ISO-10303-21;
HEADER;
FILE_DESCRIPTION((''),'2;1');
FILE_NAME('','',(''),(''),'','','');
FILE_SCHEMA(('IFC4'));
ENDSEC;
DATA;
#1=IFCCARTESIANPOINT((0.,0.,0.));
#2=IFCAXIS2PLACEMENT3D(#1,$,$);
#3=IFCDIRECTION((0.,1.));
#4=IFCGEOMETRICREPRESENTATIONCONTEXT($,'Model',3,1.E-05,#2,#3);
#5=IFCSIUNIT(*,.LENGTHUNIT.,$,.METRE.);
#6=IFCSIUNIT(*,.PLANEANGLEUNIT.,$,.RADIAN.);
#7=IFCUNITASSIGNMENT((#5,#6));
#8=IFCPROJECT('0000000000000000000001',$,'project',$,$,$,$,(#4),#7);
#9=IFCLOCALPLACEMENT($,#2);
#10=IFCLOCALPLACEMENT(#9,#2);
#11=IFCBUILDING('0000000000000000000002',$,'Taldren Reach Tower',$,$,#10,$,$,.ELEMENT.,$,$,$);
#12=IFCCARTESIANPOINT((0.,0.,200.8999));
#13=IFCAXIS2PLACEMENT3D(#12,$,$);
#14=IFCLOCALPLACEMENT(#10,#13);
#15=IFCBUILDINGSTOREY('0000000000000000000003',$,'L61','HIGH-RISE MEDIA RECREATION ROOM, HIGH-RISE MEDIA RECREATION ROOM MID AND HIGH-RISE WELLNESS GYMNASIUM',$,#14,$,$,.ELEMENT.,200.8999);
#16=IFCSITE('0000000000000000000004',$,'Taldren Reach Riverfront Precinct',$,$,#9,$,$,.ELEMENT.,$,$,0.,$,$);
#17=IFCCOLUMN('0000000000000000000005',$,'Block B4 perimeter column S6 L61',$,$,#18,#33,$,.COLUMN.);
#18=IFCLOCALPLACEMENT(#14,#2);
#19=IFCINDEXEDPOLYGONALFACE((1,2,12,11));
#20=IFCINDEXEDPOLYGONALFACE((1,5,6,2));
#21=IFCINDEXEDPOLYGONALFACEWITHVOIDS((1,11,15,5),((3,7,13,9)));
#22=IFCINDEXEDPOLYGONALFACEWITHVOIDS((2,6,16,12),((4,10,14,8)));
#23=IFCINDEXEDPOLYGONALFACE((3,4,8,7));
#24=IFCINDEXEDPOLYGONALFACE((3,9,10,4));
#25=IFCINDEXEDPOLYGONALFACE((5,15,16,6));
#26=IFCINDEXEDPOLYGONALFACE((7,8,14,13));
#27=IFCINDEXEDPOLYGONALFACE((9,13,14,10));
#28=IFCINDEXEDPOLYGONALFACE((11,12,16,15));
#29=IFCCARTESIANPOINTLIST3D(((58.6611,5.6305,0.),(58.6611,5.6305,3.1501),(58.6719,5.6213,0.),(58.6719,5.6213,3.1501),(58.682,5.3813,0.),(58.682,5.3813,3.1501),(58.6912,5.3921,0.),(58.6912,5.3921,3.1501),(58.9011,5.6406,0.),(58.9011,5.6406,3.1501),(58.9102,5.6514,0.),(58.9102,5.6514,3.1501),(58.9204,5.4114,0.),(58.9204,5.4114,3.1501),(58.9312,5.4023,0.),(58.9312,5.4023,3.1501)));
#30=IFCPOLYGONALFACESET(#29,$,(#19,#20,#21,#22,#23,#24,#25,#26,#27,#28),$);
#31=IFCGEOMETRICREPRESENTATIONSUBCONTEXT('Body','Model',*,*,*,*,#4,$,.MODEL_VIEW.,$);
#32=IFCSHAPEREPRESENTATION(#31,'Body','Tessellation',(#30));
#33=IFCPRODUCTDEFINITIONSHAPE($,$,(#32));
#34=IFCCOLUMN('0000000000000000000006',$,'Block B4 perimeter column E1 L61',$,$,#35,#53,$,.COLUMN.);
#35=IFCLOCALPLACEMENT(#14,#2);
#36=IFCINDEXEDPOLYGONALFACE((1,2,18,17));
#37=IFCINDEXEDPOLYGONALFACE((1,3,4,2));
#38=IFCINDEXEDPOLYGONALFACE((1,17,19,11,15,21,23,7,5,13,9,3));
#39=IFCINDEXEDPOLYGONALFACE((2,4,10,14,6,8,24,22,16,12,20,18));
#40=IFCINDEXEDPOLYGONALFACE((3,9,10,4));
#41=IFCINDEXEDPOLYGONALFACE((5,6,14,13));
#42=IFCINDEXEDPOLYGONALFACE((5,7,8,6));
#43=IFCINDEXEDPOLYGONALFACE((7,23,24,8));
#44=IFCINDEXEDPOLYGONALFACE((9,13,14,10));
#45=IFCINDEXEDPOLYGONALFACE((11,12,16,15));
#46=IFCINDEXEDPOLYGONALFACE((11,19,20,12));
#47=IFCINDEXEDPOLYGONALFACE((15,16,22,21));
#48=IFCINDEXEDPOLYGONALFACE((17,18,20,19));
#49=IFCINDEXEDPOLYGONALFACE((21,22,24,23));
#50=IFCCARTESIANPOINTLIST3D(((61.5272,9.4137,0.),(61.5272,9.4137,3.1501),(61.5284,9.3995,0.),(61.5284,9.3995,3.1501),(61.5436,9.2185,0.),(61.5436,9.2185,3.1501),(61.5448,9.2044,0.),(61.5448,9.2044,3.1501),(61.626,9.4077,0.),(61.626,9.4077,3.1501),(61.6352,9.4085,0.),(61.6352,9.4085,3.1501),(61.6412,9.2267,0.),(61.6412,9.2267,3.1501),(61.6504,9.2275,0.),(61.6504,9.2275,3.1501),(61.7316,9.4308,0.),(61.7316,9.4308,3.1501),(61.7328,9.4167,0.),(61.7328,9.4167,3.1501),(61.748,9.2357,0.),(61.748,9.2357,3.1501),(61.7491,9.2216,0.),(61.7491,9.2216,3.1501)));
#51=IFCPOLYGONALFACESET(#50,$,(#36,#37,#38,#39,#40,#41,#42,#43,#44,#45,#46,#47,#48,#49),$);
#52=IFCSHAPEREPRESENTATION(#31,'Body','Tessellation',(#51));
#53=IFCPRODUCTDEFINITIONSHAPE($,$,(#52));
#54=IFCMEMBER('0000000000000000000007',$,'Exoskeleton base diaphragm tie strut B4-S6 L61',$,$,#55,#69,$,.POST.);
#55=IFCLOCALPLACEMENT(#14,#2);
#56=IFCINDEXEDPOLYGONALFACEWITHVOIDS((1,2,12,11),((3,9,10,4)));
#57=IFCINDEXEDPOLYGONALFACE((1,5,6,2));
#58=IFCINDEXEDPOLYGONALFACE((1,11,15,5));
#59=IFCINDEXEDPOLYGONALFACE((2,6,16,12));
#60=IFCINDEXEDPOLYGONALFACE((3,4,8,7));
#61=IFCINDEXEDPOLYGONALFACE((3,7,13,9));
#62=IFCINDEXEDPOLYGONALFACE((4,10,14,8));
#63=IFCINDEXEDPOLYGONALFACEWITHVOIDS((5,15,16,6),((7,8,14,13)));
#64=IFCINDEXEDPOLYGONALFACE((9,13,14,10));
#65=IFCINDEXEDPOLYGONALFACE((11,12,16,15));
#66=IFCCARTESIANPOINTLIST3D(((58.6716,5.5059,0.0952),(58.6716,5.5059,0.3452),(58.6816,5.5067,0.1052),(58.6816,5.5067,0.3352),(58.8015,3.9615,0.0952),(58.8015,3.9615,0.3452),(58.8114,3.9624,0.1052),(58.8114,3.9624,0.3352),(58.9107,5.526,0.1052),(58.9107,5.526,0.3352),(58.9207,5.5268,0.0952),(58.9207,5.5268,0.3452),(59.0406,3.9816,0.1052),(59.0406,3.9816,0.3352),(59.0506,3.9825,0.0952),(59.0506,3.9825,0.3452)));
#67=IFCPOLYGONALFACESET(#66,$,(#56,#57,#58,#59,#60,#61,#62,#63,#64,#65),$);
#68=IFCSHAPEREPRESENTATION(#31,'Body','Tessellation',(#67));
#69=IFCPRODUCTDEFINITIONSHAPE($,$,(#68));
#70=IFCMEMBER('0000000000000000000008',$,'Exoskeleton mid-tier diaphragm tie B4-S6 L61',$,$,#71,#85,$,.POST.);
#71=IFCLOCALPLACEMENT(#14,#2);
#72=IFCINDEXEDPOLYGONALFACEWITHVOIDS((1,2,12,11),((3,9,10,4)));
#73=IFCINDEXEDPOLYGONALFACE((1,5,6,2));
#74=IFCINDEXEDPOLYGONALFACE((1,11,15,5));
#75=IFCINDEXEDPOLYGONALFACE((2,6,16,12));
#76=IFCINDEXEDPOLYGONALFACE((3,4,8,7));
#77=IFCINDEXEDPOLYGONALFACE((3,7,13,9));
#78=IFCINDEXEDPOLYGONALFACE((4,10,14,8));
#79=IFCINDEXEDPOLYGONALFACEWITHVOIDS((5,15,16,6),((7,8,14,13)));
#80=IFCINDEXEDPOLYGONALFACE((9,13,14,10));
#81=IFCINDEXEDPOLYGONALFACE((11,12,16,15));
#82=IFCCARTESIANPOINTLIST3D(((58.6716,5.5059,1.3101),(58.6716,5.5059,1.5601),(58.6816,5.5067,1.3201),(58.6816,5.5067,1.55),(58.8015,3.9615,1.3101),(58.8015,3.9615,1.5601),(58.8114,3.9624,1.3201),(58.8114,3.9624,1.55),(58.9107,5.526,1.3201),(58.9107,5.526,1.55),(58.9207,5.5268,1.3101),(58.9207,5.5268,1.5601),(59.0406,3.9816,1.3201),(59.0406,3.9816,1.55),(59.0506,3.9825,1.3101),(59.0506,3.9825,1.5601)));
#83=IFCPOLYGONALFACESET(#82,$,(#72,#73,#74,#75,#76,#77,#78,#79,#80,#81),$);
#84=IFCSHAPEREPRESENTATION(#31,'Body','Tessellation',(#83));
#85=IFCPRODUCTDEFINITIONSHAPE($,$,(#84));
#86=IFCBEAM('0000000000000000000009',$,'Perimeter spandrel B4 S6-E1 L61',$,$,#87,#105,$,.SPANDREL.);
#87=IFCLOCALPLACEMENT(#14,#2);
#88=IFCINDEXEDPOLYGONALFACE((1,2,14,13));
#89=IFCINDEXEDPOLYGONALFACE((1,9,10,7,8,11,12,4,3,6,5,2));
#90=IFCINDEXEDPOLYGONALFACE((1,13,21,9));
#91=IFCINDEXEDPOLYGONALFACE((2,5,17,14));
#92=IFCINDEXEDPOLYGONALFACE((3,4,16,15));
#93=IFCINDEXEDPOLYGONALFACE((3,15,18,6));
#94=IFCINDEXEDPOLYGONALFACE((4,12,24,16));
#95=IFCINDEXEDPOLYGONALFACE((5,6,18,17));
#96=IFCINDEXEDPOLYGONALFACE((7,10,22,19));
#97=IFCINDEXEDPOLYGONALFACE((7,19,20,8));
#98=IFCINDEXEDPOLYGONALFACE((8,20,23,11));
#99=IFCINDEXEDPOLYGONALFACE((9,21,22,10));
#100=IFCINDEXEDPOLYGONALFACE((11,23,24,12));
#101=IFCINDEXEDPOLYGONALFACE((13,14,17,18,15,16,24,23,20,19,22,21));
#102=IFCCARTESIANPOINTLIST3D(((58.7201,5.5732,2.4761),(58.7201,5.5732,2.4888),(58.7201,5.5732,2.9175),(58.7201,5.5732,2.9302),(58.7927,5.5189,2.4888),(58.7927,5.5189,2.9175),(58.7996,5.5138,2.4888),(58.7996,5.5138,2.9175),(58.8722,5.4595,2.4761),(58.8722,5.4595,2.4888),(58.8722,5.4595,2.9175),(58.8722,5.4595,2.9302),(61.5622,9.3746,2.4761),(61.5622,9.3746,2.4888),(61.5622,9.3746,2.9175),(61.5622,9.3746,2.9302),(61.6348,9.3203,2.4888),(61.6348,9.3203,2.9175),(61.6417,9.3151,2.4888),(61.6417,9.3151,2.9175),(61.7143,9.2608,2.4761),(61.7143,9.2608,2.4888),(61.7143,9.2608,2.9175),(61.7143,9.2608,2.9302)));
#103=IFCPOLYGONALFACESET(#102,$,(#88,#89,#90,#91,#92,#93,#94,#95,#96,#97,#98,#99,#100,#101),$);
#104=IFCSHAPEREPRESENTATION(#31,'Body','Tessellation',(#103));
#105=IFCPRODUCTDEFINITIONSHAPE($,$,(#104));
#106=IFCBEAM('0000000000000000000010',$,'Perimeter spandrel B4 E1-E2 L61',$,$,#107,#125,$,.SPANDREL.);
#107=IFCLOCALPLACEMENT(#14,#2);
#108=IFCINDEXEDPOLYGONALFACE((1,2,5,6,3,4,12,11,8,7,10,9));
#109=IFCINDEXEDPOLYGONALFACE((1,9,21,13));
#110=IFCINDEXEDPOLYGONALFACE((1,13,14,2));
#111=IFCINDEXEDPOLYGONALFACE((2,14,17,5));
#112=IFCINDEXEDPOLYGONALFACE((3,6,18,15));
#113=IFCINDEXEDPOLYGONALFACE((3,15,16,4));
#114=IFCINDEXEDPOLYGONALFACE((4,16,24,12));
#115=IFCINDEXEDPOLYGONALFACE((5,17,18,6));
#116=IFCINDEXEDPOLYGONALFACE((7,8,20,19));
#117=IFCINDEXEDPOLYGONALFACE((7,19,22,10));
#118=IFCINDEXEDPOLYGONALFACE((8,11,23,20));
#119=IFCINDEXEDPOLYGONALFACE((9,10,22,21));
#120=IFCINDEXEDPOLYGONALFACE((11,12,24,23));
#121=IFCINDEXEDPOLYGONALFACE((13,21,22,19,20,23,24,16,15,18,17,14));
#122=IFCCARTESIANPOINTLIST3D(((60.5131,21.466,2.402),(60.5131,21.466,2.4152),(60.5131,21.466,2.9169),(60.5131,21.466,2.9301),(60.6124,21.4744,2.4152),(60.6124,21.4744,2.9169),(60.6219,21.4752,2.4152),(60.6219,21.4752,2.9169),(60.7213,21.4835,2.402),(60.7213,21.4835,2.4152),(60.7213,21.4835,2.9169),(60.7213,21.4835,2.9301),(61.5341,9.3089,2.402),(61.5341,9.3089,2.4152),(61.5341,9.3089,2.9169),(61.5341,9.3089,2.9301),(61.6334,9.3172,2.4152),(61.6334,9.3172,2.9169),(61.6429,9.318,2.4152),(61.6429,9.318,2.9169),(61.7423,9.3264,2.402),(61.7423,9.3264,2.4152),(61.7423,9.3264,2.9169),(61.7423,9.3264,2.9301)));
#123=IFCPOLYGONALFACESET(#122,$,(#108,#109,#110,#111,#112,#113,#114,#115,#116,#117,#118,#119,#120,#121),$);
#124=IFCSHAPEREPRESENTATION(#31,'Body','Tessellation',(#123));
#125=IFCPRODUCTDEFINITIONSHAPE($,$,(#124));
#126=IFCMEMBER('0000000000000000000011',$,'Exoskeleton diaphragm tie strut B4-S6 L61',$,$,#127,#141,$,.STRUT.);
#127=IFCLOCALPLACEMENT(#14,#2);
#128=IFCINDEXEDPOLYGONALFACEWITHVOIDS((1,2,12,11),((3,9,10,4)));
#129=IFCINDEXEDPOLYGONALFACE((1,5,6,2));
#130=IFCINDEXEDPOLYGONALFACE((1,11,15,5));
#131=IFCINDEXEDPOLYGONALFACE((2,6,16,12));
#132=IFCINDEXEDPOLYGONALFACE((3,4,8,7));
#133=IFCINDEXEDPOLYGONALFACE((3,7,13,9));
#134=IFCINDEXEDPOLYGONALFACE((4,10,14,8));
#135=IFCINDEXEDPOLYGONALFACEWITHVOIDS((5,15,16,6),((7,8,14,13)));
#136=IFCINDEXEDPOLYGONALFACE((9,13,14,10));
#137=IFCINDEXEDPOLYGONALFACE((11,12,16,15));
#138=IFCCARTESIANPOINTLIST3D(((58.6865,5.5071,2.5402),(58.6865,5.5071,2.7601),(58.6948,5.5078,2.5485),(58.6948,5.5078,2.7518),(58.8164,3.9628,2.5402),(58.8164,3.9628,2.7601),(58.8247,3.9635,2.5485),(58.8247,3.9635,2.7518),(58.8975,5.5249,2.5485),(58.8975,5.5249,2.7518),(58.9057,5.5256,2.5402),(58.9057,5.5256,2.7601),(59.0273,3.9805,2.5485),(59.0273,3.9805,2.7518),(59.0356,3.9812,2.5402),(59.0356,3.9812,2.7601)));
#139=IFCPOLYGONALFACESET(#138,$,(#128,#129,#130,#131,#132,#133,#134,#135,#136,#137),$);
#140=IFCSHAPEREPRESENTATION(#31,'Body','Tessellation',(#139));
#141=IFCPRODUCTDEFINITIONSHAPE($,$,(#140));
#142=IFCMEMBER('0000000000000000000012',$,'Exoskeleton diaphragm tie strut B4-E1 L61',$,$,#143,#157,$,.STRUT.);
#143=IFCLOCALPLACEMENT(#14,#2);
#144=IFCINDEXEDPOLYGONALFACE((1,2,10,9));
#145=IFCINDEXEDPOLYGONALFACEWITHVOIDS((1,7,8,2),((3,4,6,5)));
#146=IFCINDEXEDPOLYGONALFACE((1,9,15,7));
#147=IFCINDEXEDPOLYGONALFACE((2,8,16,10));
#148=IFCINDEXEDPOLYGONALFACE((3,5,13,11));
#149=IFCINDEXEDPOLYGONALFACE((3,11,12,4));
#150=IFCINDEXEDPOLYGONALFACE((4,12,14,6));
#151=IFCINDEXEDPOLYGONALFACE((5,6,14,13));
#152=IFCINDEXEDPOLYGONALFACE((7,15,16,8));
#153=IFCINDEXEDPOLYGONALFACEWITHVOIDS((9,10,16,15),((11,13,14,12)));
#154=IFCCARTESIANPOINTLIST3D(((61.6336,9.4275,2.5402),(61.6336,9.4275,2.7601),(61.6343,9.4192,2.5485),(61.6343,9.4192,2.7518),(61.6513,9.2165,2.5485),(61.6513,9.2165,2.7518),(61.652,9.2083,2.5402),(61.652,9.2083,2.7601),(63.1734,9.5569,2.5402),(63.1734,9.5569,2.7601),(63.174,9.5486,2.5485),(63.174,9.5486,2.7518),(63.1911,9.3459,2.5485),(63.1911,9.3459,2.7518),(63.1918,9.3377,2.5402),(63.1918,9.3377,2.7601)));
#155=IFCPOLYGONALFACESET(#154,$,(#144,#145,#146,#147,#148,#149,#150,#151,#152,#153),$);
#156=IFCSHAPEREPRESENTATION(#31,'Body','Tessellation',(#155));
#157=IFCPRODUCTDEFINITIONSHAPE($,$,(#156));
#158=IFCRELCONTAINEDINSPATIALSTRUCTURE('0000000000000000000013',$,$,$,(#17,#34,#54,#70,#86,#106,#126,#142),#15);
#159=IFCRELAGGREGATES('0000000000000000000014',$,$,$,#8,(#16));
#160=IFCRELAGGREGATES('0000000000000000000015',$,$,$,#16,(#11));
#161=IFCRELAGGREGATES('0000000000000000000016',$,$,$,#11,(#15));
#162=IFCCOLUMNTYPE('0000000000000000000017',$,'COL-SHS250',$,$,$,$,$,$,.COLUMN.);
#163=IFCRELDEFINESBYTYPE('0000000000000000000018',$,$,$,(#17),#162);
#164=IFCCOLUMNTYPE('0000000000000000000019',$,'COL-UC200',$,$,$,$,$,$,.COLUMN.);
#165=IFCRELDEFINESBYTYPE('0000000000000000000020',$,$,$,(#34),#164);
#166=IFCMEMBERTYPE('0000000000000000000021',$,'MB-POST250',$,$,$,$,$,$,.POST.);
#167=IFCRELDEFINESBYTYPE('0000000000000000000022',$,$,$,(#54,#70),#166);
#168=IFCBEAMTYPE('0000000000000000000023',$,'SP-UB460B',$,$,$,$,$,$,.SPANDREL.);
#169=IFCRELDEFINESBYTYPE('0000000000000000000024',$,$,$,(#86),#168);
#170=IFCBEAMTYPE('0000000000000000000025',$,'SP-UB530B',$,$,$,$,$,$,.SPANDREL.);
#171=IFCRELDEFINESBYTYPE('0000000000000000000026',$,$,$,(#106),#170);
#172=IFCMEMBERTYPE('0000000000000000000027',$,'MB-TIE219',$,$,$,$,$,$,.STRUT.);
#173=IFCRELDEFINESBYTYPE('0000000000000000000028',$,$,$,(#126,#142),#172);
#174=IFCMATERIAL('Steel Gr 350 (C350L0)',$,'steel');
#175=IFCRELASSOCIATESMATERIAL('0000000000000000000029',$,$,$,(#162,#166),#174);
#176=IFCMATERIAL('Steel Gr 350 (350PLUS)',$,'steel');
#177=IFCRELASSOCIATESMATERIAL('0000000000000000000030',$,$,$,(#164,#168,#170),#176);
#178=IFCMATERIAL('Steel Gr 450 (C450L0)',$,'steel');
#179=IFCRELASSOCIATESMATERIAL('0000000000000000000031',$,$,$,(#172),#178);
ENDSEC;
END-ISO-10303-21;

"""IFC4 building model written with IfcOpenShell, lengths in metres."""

from ifc_helpers import new_model, si_unit, direction, frame, origin, origin_2d, place, context, subcontext, project, spatial, hollow_rectangle, i_section, extrude, source, transform, mapped, material, material_profile, profile_set, type_object, element, save


model = new_model("IFC4")

# Units and contexts
model_context = context("Model", 3, precision=1e-05, world=origin(), true_north=direction((0.0, 1.0)))
body_context = subcontext(model_context, "Body", "Model", "MODEL_VIEW")
ifc_project = project(units=[si_unit("LENGTHUNIT", "METRE"), si_unit("PLANEANGLEUNIT", "RADIAN")], contexts=[model_context])

# Site, building, storey
site_placement = place(None, origin())
site = spatial("IfcSite", under=ifc_project, at=site_placement, Name="Taldren Reach Riverfront Precinct", CompositionType="ELEMENT", RefElevation=0.0)
building_placement = place(site_placement, origin())
building = spatial("IfcBuilding", under=site, at=building_placement, Name="Taldren Reach Tower", CompositionType="ELEMENT")
storey_placement = place(building_placement, frame((0.0, 0.0, 200.8999)))
storey = spatial("IfcBuildingStorey", under=building, at=storey_placement, Name="L61", Description="HIGH-RISE MEDIA RECREATION ROOM, HIGH-RISE MEDIA RECREATION ROOM MID AND HIGH-RISE WELLNESS GYMNASIUM", CompositionType="ELEMENT", Elevation=200.8999)

# Columns
ifc_material_1 = material(Name="Steel Gr 350 (C350L0)", Category="steel")
ifc_material_profile_1 = material_profile(ifc_material_1, hollow_rectangle(XDim=0.25, YDim=0.25, WallThickness=0.01, at=origin_2d()), Name="250x250x10.0SHS")
ifc_profile_set_1 = profile_set([ifc_material_profile_1], Name="Steel Gr 350 (C350L0)")
column_type_1 = type_object("IfcColumnType", Name="COL-SHS250", PredefinedType="COLUMN", material=ifc_profile_set_1)
shared_shape_1 = source(origin(), body_context, "Body", "SweptSolid", [
    extrude(hollow_rectangle(XDim=0.25, YDim=0.25, WallThickness=0.01, at=origin_2d()), origin(), (0.0, 0.0, 1.0), 3.1501),
])
column_1_placement = place(storey_placement, frame((58.7961, 5.5164, 0.0), z_axis=(0.0, 0.0, 1.0), x_axis=(0.996493, 0.083678, 0.0)))
element("IfcColumn", 1, at=column_1_placement, inside=storey, type_object=column_type_1, Name="Block B4 perimeter column S6 L61", PredefinedType="COLUMN", context=body_context, shape_type="MappedRepresentation", body=[
    mapped(shared_shape_1, transform((0.0, 0.0, 0.0), scale=1.0)),
])
ifc_material_2 = material(Name="Steel Gr 350 (350PLUS)", Category="steel")
ifc_material_profile_2 = material_profile(ifc_material_2, i_section(OverallWidth=0.2051, OverallDepth=0.21, WebThickness=0.0093, FlangeThickness=0.0142, at=origin_2d()), Name="200UC59.5")
ifc_profile_set_2 = profile_set([ifc_material_profile_2], Name="Steel Gr 350 (350PLUS)")
column_type_2 = type_object("IfcColumnType", Name="COL-UC200", PredefinedType="COLUMN", material=ifc_profile_set_2)
shared_shape_2 = source(origin(), body_context, "Body", "SweptSolid", [
    extrude(i_section(OverallWidth=0.2051, OverallDepth=0.21, WebThickness=0.0093, FlangeThickness=0.0142, at=origin_2d()), origin(), (0.0, 0.0, 1.0), 3.1501),
])
column_2_placement = place(storey_placement, frame((61.6382, 9.3176, 0.0), z_axis=(0.0, 0.0, 1.0), x_axis=(0.996493, 0.083678, 0.0)))
element("IfcColumn", 2, at=column_2_placement, inside=storey, type_object=column_type_2, Name="Block B4 perimeter column E1 L61", PredefinedType="COLUMN", context=body_context, shape_type="MappedRepresentation", body=[
    mapped(shared_shape_2, transform((0.0, 0.0, 0.0), scale=1.0)),
])

# Members
ifc_material_profile_3 = material_profile(ifc_material_1, hollow_rectangle(XDim=0.25, YDim=0.25, WallThickness=0.01, at=origin_2d()), Name="250x250x10.0SHS")
ifc_profile_set_3 = profile_set([ifc_material_profile_3], Name="Steel Gr 350 (C350L0)")
member_type_1 = type_object("IfcMemberType", Name="MB-POST250", PredefinedType="POST", material=ifc_profile_set_3)
shared_shape_3 = source(origin(), body_context, "Body", "SweptSolid", [
    extrude(hollow_rectangle(XDim=0.25, YDim=0.25, WallThickness=0.01, at=origin_2d()), origin(), (0.0, 0.0, 1.0), 1.5498),
])
for number, where, z_axis, x_axis, name in (
    (3, (58.7961, 5.5164, 0.2202), (0.083802, -0.996482, 0.0), (0.996482, 0.083802, 0.0), "Exoskeleton base diaphragm tie strut B4-S6 L61"),
    (4, (58.7961, 5.5164, 1.4351), (0.083802, -0.996482, 0.0), (0.996482, 0.083802, 0.0), "Exoskeleton mid-tier diaphragm tie B4-S6 L61"),
):
    element("IfcMember", number, at=place(storey_placement, frame(where, z_axis=z_axis, x_axis=x_axis)), inside=storey, type_object=member_type_1, Name=name, PredefinedType="POST", context=body_context, shape_type="MappedRepresentation", body=[
        mapped(shared_shape_3, transform((0.0, 0.0, 0.0), scale=1.0)),
    ])

# Beams
ifc_material_profile_4 = material_profile(ifc_material_2, i_section(OverallWidth=0.1899, OverallDepth=0.4541, WebThickness=0.0085, FlangeThickness=0.0127, at=origin_2d()), Name="460UB67.1")
ifc_profile_set_4 = profile_set([ifc_material_profile_4], Name="Steel Gr 350 (350PLUS)")
beam_type_1 = type_object("IfcBeamType", Name="SP-UB460B", PredefinedType="SPANDREL", material=ifc_profile_set_4)
shared_shape_4 = source(origin(), body_context, "Body", "SweptSolid", [
    extrude(i_section(OverallWidth=0.1899, OverallDepth=0.4541, WebThickness=0.0085, FlangeThickness=0.0127, at=origin_2d()), origin(), (0.0, 0.0, 1.0), 4.7463),
])
beam_1_placement = place(storey_placement, frame((58.7961, 5.5164, 2.7031), z_axis=(0.598798, 0.8009, 0.0), x_axis=(-0.8009, 0.598798, 0.0)))
element("IfcBeam", 5, at=beam_1_placement, inside=storey, type_object=beam_type_1, Name="Perimeter spandrel B4 S6-E1 L61", PredefinedType="SPANDREL", context=body_context, shape_type="MappedRepresentation", body=[
    mapped(shared_shape_4, transform((0.0, 0.0, 0.0), scale=1.0)),
])
ifc_material_profile_5 = material_profile(ifc_material_2, i_section(OverallWidth=0.209, OverallDepth=0.5281, WebThickness=0.0095, FlangeThickness=0.0132, at=origin_2d()), Name="530UB82.0")
ifc_profile_set_5 = profile_set([ifc_material_profile_5], Name="Steel Gr 350 (350PLUS)")
beam_type_2 = type_object("IfcBeamType", Name="SP-UB530B", PredefinedType="SPANDREL", material=ifc_profile_set_5)
shared_shape_5 = source(origin(), body_context, "Body", "SweptSolid", [
    extrude(i_section(OverallWidth=0.209, OverallDepth=0.5281, WebThickness=0.0095, FlangeThickness=0.0132, at=origin_2d()), origin(), (0.0, 0.0, 1.0), 12.2),
])
beam_2_placement = place(storey_placement, frame((61.6382, 9.3176, 2.666), z_axis=(-0.083688, 0.996492, 0.0), x_axis=(-0.996492, -0.083688, 0.0)))
element("IfcBeam", 6, at=beam_2_placement, inside=storey, type_object=beam_type_2, Name="Perimeter spandrel B4 E1-E2 L61", PredefinedType="SPANDREL", context=body_context, shape_type="MappedRepresentation", body=[
    mapped(shared_shape_5, transform((0.0, 0.0, 0.0), scale=1.0)),
])

# Members
ifc_material_3 = material(Name="Steel Gr 450 (C450L0)", Category="steel")
ifc_material_profile_6 = material_profile(ifc_material_3, hollow_rectangle(XDim=0.22, YDim=0.22, WallThickness=0.0083, at=origin_2d()), Name="220x220x8.2SHS")
ifc_profile_set_6 = profile_set([ifc_material_profile_6], Name="Steel Gr 450 (C450L0)")
member_type_2 = type_object("IfcMemberType", Name="MB-TIE219", PredefinedType="STRUT", material=ifc_profile_set_6)
shared_shape_6 = source(origin(), body_context, "Body", "SweptSolid", [
    extrude(hollow_rectangle(XDim=0.22, YDim=0.22, WallThickness=0.0083, at=origin_2d()), origin(), (0.0, 0.0, 1.0), 1.5498),
])
member_1_placement = place(storey_placement, frame((58.7961, 5.5164, 2.6501), z_axis=(0.083802, -0.996482, 0.0), x_axis=(0.996482, 0.083802, 0.0)))
element("IfcMember", 7, at=member_1_placement, inside=storey, type_object=member_type_2, Name="Exoskeleton diaphragm tie strut B4-S6 L61", PredefinedType="STRUT", context=body_context, shape_type="MappedRepresentation", body=[
    mapped(shared_shape_6, transform((0.0, 0.0, 0.0), scale=1.0)),
])
shared_shape_7 = source(origin(), body_context, "Body", "SweptSolid", [
    extrude(hollow_rectangle(XDim=0.22, YDim=0.22, WallThickness=0.0083, at=origin_2d()), origin(), (0.0, 0.0, 1.0), 1.5452),
])
member_2_placement = place(storey_placement, frame((61.6428, 9.3179, 2.6501), z_axis=(0.996488, 0.083738, 0.0), x_axis=(-0.083738, 0.996488, 0.0)))
element("IfcMember", 8, at=member_2_placement, inside=storey, type_object=member_type_2, Name="Exoskeleton diaphragm tie strut B4-E1 L61", PredefinedType="STRUT", context=body_context, shape_type="MappedRepresentation", body=[
    mapped(shared_shape_7, transform((0.0, 0.0, 0.0), scale=1.0)),
])

save(model, "model.ifc")
